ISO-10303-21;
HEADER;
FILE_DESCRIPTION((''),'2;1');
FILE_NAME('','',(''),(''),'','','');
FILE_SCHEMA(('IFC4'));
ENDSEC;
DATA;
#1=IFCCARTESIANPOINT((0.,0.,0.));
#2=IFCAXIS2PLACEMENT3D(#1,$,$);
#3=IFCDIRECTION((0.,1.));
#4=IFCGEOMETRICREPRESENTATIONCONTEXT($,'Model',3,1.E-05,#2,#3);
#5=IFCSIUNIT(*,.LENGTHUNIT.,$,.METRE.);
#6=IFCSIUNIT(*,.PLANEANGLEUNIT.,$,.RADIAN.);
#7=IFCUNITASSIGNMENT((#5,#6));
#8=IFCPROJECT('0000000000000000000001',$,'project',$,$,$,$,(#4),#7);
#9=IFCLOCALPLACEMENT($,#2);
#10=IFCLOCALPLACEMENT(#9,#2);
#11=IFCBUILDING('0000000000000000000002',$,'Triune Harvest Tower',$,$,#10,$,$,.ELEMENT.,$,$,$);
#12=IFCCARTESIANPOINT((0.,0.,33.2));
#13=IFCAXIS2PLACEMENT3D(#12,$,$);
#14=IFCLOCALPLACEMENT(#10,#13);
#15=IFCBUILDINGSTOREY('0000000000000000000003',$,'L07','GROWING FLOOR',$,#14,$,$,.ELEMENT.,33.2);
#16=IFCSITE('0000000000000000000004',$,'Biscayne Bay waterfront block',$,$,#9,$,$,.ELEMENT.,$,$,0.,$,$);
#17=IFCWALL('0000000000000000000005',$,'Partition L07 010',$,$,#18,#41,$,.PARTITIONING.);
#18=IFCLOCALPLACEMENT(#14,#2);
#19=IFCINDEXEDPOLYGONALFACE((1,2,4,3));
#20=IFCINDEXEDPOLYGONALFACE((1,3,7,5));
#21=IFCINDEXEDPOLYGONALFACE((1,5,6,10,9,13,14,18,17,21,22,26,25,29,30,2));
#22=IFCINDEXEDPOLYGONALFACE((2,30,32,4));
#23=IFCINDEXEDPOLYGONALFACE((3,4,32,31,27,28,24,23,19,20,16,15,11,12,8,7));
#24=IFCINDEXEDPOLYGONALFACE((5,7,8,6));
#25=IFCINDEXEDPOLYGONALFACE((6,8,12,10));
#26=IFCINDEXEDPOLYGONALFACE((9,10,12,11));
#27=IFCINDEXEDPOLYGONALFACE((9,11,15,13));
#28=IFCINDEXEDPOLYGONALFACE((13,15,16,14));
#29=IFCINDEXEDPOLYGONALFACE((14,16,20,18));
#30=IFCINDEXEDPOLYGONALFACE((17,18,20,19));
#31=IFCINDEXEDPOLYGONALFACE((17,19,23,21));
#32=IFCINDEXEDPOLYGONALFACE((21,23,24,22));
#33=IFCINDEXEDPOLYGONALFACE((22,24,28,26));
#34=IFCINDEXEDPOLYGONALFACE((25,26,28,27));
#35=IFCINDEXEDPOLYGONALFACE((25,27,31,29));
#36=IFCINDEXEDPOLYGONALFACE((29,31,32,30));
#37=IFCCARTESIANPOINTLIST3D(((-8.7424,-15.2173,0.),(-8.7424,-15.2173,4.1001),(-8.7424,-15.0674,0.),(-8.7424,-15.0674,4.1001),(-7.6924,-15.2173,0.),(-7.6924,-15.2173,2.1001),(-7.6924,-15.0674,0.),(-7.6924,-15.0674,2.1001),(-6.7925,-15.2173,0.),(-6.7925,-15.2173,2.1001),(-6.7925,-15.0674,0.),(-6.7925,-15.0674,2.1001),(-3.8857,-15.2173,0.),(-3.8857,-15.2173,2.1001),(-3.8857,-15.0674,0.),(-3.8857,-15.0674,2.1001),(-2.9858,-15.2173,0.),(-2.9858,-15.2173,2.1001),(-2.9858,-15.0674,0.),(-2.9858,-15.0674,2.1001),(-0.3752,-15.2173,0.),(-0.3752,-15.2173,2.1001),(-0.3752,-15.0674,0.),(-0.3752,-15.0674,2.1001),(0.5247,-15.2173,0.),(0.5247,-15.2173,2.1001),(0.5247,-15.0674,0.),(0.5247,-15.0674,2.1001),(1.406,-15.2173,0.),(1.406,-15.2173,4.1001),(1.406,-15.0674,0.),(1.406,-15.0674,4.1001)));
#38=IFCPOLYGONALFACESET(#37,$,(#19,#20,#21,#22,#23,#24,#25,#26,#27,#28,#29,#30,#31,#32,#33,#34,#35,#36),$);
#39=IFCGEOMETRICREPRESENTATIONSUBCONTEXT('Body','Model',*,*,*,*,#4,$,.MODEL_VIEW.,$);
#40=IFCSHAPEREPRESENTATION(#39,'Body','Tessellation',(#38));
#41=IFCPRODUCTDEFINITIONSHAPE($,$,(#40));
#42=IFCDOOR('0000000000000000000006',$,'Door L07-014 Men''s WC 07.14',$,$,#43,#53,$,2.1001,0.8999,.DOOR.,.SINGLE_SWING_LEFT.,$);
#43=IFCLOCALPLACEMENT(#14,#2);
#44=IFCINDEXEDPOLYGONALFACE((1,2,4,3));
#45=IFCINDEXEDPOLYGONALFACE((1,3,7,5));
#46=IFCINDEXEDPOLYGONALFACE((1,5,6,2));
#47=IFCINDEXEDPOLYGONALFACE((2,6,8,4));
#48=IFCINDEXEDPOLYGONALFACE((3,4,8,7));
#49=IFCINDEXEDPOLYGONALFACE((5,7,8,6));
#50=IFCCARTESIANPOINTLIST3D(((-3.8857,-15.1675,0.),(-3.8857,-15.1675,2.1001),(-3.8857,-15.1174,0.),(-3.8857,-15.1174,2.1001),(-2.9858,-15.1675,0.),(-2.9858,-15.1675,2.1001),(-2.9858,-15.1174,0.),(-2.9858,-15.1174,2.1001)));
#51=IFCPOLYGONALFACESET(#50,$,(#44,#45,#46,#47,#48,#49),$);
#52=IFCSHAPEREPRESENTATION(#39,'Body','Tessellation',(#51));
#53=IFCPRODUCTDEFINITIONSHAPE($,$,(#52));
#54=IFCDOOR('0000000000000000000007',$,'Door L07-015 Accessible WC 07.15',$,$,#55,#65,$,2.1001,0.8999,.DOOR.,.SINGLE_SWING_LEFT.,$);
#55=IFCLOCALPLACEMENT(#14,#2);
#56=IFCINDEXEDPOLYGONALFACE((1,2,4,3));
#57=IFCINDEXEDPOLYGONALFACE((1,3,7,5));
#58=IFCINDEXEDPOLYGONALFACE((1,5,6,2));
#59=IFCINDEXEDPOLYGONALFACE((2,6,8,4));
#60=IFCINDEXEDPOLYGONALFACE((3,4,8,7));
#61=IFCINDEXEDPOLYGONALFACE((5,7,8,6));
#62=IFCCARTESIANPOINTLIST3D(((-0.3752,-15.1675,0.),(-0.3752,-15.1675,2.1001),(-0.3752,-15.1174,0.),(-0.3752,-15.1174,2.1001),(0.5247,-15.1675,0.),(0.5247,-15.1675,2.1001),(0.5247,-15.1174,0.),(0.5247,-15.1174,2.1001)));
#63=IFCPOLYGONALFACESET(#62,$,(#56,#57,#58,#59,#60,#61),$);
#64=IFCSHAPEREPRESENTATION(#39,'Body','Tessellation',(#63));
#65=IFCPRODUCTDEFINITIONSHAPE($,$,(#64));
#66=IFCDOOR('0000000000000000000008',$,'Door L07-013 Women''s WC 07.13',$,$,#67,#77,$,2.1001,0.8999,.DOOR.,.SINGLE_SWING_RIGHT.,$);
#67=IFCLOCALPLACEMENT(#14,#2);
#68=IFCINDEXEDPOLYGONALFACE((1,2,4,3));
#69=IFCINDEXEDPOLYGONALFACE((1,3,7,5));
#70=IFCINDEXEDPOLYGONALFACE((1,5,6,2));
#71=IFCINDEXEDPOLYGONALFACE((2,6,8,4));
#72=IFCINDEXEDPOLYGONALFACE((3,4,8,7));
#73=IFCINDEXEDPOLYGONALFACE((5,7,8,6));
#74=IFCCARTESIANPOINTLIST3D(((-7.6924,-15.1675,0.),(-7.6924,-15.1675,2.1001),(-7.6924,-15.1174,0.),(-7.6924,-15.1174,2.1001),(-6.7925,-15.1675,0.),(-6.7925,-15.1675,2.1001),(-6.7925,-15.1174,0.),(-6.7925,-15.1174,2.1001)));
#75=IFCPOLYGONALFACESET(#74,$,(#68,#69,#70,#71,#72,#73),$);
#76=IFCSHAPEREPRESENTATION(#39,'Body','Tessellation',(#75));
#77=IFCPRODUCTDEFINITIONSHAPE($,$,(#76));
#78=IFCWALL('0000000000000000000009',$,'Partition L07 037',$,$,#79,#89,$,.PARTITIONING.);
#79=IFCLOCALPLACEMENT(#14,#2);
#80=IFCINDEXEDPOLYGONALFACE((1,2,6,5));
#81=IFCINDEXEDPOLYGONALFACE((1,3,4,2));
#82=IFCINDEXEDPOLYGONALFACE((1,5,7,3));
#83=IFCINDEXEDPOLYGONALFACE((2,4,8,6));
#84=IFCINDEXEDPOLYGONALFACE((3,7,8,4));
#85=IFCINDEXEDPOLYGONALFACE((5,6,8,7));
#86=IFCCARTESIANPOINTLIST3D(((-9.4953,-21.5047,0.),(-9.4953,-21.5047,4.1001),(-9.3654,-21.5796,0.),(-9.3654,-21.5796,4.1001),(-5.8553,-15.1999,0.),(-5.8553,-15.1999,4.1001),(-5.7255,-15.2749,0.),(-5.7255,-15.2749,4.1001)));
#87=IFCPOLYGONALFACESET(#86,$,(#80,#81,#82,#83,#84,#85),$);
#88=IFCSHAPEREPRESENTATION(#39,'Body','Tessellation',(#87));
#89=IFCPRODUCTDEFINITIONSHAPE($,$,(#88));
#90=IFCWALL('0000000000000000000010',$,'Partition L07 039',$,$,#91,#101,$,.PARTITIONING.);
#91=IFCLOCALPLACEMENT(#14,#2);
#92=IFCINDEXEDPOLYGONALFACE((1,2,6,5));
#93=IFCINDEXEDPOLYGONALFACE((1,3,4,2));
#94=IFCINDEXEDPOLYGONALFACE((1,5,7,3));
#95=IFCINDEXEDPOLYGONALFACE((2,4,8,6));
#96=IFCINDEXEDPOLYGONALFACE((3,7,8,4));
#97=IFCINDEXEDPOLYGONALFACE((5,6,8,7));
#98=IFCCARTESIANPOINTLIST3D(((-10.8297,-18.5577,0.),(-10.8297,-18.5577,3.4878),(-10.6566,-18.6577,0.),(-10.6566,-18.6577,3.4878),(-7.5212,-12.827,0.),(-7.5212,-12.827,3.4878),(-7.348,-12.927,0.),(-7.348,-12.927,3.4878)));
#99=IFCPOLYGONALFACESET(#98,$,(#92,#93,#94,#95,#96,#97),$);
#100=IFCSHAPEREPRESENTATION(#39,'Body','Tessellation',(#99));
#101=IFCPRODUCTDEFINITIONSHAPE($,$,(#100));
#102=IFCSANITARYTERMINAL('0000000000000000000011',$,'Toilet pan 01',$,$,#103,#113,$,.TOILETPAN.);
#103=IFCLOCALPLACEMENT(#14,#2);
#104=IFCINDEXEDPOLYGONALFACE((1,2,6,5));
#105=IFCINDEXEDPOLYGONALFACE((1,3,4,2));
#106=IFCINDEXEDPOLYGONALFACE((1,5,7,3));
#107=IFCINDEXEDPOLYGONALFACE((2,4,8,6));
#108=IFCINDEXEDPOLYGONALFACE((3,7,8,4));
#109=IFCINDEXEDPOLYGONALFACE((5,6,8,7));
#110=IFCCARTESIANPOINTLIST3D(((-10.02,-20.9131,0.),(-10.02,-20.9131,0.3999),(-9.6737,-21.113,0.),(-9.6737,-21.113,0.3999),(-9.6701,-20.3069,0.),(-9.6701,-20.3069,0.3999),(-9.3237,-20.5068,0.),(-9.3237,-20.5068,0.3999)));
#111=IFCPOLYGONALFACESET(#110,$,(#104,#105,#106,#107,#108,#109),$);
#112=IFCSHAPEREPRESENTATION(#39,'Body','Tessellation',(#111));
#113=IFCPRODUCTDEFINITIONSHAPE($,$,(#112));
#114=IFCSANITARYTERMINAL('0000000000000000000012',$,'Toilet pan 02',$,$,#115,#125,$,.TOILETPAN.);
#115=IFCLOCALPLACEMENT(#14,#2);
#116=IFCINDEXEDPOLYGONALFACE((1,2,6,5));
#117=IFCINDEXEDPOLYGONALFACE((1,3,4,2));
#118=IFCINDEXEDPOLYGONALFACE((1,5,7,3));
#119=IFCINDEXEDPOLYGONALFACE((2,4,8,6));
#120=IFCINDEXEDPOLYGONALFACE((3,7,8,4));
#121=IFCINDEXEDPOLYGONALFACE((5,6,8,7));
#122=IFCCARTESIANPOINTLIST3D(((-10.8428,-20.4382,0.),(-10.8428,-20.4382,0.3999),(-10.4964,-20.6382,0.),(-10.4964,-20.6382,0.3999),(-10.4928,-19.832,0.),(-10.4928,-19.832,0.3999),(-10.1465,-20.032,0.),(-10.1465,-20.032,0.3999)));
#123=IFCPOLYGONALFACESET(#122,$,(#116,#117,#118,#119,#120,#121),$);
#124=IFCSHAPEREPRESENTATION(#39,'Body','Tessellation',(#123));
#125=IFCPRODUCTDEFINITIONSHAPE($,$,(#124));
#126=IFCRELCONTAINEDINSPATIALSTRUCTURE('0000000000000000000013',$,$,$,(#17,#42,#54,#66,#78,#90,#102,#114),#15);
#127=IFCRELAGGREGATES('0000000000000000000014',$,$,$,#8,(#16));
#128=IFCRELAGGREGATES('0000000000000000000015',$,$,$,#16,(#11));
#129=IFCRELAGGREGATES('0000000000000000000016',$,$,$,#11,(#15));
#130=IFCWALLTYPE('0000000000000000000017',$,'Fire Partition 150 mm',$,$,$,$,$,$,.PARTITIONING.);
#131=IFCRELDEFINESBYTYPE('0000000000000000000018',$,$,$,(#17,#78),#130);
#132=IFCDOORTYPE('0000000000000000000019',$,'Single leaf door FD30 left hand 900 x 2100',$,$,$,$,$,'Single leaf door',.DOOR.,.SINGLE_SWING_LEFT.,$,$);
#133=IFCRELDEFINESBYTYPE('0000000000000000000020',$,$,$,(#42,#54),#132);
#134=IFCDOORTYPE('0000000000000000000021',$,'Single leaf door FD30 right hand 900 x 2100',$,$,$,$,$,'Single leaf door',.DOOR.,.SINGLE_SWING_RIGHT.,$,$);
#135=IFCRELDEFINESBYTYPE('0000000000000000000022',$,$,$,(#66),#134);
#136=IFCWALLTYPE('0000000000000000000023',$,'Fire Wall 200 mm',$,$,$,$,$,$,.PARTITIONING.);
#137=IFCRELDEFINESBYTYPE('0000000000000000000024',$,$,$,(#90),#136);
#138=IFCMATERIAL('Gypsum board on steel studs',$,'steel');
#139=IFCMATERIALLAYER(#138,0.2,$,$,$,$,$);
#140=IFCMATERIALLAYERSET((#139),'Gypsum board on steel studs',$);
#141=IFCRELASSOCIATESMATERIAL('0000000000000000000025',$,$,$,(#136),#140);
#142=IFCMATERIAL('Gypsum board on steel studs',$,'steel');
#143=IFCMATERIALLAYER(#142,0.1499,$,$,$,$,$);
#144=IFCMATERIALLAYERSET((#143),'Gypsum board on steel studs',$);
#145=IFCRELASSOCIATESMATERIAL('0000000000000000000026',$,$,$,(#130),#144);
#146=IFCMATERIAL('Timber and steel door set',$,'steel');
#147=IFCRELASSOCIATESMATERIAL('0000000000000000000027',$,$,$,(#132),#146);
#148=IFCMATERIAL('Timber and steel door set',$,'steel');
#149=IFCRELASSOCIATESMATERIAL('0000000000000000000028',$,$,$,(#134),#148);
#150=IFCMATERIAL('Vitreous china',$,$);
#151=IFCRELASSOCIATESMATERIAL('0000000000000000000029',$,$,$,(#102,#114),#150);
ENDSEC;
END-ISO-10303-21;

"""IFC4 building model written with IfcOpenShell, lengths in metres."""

from ifc_helpers import new_model, si_unit, direction, frame, frame_2d, origin, origin_2d, place, context, subcontext, project, spatial, rectangle, extrude, source, transform, mapped, material, layer, layer_set, type_object, element, fill, save


model = new_model("IFC4")

# Units and contexts
model_context = context("Model", 3, precision=1e-05, world=origin(), true_north=direction((0.0, 1.0)))
body_context = subcontext(model_context, "Body", "Model", "MODEL_VIEW")
ifc_project = project(units=[si_unit("LENGTHUNIT", "METRE"), si_unit("PLANEANGLEUNIT", "RADIAN")], contexts=[model_context])

# Site, building, storey
site_placement = place(None, origin())
site = spatial("IfcSite", under=ifc_project, at=site_placement, Name="Biscayne Bay waterfront block", CompositionType="ELEMENT", RefElevation=0.0)
building_placement = place(site_placement, origin())
building = spatial("IfcBuilding", under=site, at=building_placement, Name="Triune Harvest Tower", CompositionType="ELEMENT")
storey_placement = place(building_placement, frame((0.0, 0.0, 33.2)))
storey = spatial("IfcBuildingStorey", under=building, at=storey_placement, Name="L07", Description="GROWING FLOOR", CompositionType="ELEMENT", Elevation=33.2)

# Shared definitions
ifc_material_1 = material(Name="Gypsum board on steel studs", Category="steel")
ifc_layer_1 = layer(ifc_material_1, 0.2)
ifc_layer_set_1 = layer_set([ifc_layer_1], Name="Gypsum board on steel studs")
wall_type_1 = type_object("IfcWallType", Name="Fire Wall 200 mm", PredefinedType="PARTITIONING", material=ifc_layer_set_1)

# Wall, openings, doors
ifc_material_2 = material(Name="Gypsum board on steel studs", Category="steel")
ifc_layer_2 = layer(ifc_material_2, 0.1499)
ifc_layer_set_2 = layer_set([ifc_layer_2], Name="Gypsum board on steel studs")
wall_type_2 = type_object("IfcWallType", Name="Fire Partition 150 mm", PredefinedType="PARTITIONING", material=ifc_layer_set_2)
shared_shape_1 = source(origin(), body_context, "Body", "SweptSolid", [
    extrude(rectangle(XDim=10.1484, YDim=0.1499, at=frame_2d((5.0742, 0.0))), origin(), (0.0, 0.0, 1.0), 4.1001),
])
wall_1_placement = place(storey_placement, frame((-8.7424, -15.1423, 0.0), z_axis=(0.0, 0.0, 1.0), x_axis=(1.0, 0.0, 0.0)))
wall_1 = element("IfcWall", 1, at=wall_1_placement, inside=storey, type_object=wall_type_2, Name="Partition L07 010", PredefinedType="PARTITIONING", context=body_context, shape_type="MappedRepresentation", body=[
    mapped(shared_shape_1, transform((0.0, 0.0, 0.0), scale=1.0)),
])
opening_1_placement = place(wall_1_placement, frame((1.05, 0.0, 0.0)))
opening_1 = element("IfcOpeningElement", 2, at=opening_1_placement, cuts=wall_1, PredefinedType="OPENING", context=body_context, shape_type="SweptSolid", body=[
    extrude(rectangle(XDim=0.8999, YDim=2.1001, at=frame_2d((0.45, 1.05))), frame((0.0, 0.085, 0.0), z_axis=(0.0, -1.0, 0.0), x_axis=(1.0, 0.0, 0.0)), (0.0, 0.0, 1.0), 0.1699),
])
opening_2_placement = place(wall_1_placement, frame((4.8567, 0.0, 0.0)))
opening_2 = element("IfcOpeningElement", 3, at=opening_2_placement, cuts=wall_1, PredefinedType="OPENING", context=body_context, shape_type="SweptSolid", body=[
    extrude(rectangle(XDim=0.8999, YDim=2.1001, at=frame_2d((0.45, 1.05))), frame((0.0, 0.085, 0.0), z_axis=(0.0, -1.0, 0.0), x_axis=(1.0, 0.0, 0.0)), (0.0, 0.0, 1.0), 0.1699),
])
opening_3_placement = place(wall_1_placement, frame((8.3672, 0.0, 0.0)))
opening_3 = element("IfcOpeningElement", 4, at=opening_3_placement, cuts=wall_1, PredefinedType="OPENING", context=body_context, shape_type="SweptSolid", body=[
    extrude(rectangle(XDim=0.8999, YDim=2.1001, at=frame_2d((0.45, 1.05))), frame((0.0, 0.085, 0.0), z_axis=(0.0, -1.0, 0.0), x_axis=(1.0, 0.0, 0.0)), (0.0, 0.0, 1.0), 0.1699),
])
ifc_material_3 = material(Name="Timber and steel door set", Category="steel")
door_type_1 = type_object("IfcDoorType", Name="Single leaf door FD30 left hand 900 x 2100", ElementType="Single leaf door", OperationType="SINGLE_SWING_LEFT", PredefinedType="DOOR", material=ifc_material_3)
door_1_placement = place(opening_2_placement, origin())
door_1 = element("IfcDoor", 5, at=door_1_placement, inside=storey, type_object=door_type_1, Name="Door L07-014 Men's WC 07.14", OperationType="SINGLE_SWING_LEFT", OverallHeight=2.1001, OverallWidth=0.8999, PredefinedType="DOOR", context=body_context, shape_type="SweptSolid", body=[
    extrude(rectangle(XDim=0.8999, YDim=2.1001, at=frame_2d((0.45, 1.05))), frame((0.0, 0.0249, 0.0), z_axis=(0.0, -1.0, 0.0), x_axis=(1.0, 0.0, 0.0)), (0.0, 0.0, 1.0), 0.05),
])
fill(opening_2, door_1)
door_2_placement = place(opening_3_placement, origin())
door_2 = element("IfcDoor", 6, at=door_2_placement, inside=storey, type_object=door_type_1, Name="Door L07-015 Accessible WC 07.15", OperationType="SINGLE_SWING_LEFT", OverallHeight=2.1001, OverallWidth=0.8999, PredefinedType="DOOR", context=body_context, shape_type="SweptSolid", body=[
    extrude(rectangle(XDim=0.8999, YDim=2.1001, at=frame_2d((0.45, 1.05))), frame((0.0, 0.0249, 0.0), z_axis=(0.0, -1.0, 0.0), x_axis=(1.0, 0.0, 0.0)), (0.0, 0.0, 1.0), 0.05),
])
fill(opening_3, door_2)
ifc_material_4 = material(Name="Timber and steel door set", Category="steel")
door_type_2 = type_object("IfcDoorType", Name="Single leaf door FD30 right hand 900 x 2100", ElementType="Single leaf door", OperationType="SINGLE_SWING_RIGHT", PredefinedType="DOOR", material=ifc_material_4)
door_3_placement = place(opening_1_placement, origin())
door_3 = element("IfcDoor", 7, at=door_3_placement, inside=storey, type_object=door_type_2, Name="Door L07-013 Women's WC 07.13", OperationType="SINGLE_SWING_RIGHT", OverallHeight=2.1001, OverallWidth=0.8999, PredefinedType="DOOR", context=body_context, shape_type="SweptSolid", body=[
    extrude(rectangle(XDim=0.8999, YDim=2.1001, at=frame_2d((0.45, 1.05))), frame((0.0, 0.0249, 0.0), z_axis=(0.0, -1.0, 0.0), x_axis=(1.0, 0.0, 0.0)), (0.0, 0.0, 1.0), 0.05),
])
fill(opening_1, door_3)

# Walls
shared_shape_2 = source(origin(), body_context, "Body", "SweptSolid", [
    extrude(rectangle(XDim=7.28, YDim=0.1499, at=frame_2d((3.6401, 0.0))), origin(), (0.0, 0.0, 1.0), 4.1001),
])
wall_2_placement = place(storey_placement, frame((-9.4304, -21.5422, 0.0), z_axis=(0.0, 0.0, 1.0), x_axis=(0.499988, 0.866033, 0.0)))
element("IfcWall", 8, at=wall_2_placement, inside=storey, type_object=wall_type_2, Name="Partition L07 037", PredefinedType="PARTITIONING", context=body_context, shape_type="MappedRepresentation", body=[
    mapped(shared_shape_2, transform((0.0, 0.0, 0.0), scale=1.0)),
])
shared_shape_3 = source(origin(), body_context, "Body", "SweptSolid", [
    extrude(rectangle(XDim=6.6172, YDim=0.2, at=frame_2d((3.3086, 0.0))), origin(), (0.0, 0.0, 1.0), 3.4878),
])
wall_3_placement = place(storey_placement, frame((-10.7432, -18.6077, 0.0), z_axis=(0.0, 0.0, 1.0), x_axis=(0.499996, 0.866028, 0.0)))
element("IfcWall", 9, at=wall_3_placement, inside=storey, type_object=wall_type_1, Name="Partition L07 039", PredefinedType="PARTITIONING", context=body_context, shape_type="MappedRepresentation", body=[
    mapped(shared_shape_3, transform((0.0, 0.0, 0.0), scale=1.0)),
])

# Sanitary terminals
ifc_material_5 = material(Name="Vitreous china")
shared_shape_4 = source(origin(), body_context, "Body", "SweptSolid", [
    extrude(rectangle(XDim=0.3999, YDim=0.7, at=origin_2d()), origin(), (0.0, 0.0, 1.0), 0.3999),
])
for number, where, z_axis, x_axis, name in (
    (10, (-9.6719, -20.71, 0.0), (0.0, 0.0, 1.0), (-0.866043, 0.49997, 0.0), "Toilet pan 01"),
    (11, (-10.4946, -20.2351, 0.0), (0.0, 0.0, 1.0), (-0.866043, 0.49997, 0.0), "Toilet pan 02"),
):
    element("IfcSanitaryTerminal", number, at=place(storey_placement, frame(where, z_axis=z_axis, x_axis=x_axis)), inside=storey, material=ifc_material_5, Name=name, PredefinedType="TOILETPAN", context=body_context, shape_type="MappedRepresentation", body=[
        mapped(shared_shape_4, transform((0.0, 0.0, 0.0), scale=1.0)),
    ])

save(model, "model.ifc")
